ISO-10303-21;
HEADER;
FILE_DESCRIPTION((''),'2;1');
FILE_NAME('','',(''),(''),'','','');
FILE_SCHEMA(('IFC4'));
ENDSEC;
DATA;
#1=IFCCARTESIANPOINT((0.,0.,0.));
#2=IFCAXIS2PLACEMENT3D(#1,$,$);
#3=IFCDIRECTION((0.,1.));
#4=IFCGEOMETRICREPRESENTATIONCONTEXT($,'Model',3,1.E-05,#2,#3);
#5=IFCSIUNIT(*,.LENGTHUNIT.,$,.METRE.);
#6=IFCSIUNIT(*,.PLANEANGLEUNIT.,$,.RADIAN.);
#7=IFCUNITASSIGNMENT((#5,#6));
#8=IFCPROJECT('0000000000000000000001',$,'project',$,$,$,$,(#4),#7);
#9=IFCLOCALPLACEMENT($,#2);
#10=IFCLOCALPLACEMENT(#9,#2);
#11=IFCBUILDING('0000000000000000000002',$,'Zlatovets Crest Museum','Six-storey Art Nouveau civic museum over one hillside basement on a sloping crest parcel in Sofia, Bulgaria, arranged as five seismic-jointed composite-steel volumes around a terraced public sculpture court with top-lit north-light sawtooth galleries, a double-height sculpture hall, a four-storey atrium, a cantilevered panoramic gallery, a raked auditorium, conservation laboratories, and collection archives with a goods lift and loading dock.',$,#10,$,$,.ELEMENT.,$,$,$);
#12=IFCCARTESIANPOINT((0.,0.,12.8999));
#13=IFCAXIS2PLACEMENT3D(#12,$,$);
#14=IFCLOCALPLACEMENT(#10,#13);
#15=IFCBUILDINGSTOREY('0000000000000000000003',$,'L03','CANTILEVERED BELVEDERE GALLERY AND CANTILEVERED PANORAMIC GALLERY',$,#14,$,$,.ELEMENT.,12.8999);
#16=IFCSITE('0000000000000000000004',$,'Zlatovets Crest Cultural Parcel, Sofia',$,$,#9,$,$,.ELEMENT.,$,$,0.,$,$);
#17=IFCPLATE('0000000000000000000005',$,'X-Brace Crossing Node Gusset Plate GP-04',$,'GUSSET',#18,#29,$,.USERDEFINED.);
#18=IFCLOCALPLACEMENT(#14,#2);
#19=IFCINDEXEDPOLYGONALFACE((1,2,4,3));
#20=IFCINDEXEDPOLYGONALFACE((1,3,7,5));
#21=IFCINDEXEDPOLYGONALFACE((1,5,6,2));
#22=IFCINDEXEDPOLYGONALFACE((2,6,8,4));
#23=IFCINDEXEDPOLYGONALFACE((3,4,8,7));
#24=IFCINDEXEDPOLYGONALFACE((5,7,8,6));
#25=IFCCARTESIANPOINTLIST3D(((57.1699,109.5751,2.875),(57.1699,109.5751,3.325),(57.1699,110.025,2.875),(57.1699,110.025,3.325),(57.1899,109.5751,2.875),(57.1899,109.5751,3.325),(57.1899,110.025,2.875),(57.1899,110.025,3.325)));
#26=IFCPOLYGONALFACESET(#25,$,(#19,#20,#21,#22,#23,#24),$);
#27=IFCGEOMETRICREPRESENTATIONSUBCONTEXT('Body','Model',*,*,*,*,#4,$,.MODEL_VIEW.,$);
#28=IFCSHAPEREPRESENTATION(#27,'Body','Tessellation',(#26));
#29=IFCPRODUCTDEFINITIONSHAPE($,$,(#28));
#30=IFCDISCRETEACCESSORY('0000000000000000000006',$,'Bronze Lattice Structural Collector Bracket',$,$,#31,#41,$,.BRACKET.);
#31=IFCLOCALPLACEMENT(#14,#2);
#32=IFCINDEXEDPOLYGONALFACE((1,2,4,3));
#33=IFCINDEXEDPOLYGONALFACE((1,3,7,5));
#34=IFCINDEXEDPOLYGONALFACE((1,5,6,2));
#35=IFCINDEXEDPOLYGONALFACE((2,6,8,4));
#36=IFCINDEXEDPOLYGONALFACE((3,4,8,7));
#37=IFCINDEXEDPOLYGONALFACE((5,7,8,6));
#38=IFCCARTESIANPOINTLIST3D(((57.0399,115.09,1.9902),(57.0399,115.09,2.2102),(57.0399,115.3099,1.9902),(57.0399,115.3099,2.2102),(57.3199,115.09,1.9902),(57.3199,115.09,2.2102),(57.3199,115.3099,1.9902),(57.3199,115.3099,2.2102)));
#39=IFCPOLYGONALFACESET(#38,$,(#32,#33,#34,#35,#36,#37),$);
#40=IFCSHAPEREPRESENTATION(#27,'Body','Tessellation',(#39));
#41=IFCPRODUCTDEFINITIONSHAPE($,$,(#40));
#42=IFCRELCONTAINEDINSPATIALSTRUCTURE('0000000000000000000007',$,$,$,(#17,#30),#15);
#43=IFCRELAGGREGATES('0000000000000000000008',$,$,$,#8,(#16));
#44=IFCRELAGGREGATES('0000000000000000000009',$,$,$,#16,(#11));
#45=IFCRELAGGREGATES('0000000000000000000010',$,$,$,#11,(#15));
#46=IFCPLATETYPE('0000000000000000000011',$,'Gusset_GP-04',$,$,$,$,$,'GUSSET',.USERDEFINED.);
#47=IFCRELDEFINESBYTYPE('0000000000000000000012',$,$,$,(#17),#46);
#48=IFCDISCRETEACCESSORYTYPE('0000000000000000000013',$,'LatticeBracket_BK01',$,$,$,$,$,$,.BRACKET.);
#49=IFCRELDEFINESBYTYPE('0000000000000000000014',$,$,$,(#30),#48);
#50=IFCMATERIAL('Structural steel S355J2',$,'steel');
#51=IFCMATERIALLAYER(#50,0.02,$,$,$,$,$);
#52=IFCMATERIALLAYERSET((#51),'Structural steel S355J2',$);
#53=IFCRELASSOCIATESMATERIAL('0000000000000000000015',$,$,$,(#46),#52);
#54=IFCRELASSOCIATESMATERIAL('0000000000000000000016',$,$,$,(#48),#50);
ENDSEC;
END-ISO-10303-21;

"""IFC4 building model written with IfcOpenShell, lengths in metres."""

from ifc_helpers import new_model, si_unit, direction, frame, origin, origin_2d, place, context, subcontext, project, spatial, rectangle, extrude, material, layer, layer_set, type_object, element, save


model = new_model("IFC4")

# Units and contexts
model_context = context("Model", 3, precision=1e-05, world=origin(), true_north=direction((0.0, 1.0)))
body_context = subcontext(model_context, "Body", "Model", "MODEL_VIEW")
ifc_project = project(units=[si_unit("LENGTHUNIT", "METRE"), si_unit("PLANEANGLEUNIT", "RADIAN")], contexts=[model_context])

# Site, building, storey
site_placement = place(None, origin())
site = spatial("IfcSite", under=ifc_project, at=site_placement, Name="Zlatovets Crest Cultural Parcel, Sofia", CompositionType="ELEMENT", RefElevation=0.0)
building_placement = place(site_placement, origin())
building = spatial("IfcBuilding", under=site, at=building_placement, Name="Zlatovets Crest Museum", Description="Six-storey Art Nouveau civic museum over one hillside basement on a sloping crest parcel in Sofia, Bulgaria, arranged as five seismic-jointed composite-steel volumes around a terraced public sculpture court with top-lit north-light sawtooth galleries, a double-height sculpture hall, a four-storey atrium, a cantilevered panoramic gallery, a raked auditorium, conservation laboratories, and collection archives with a goods lift and loading dock.", CompositionType="ELEMENT")
storey_placement = place(building_placement, frame((0.0, 0.0, 12.8999)))
storey = spatial("IfcBuildingStorey", under=building, at=storey_placement, Name="L03", Description="CANTILEVERED BELVEDERE GALLERY AND CANTILEVERED PANORAMIC GALLERY", CompositionType="ELEMENT", Elevation=12.8999)

# Shared definitions
ifc_material_1 = material(Name="Structural steel S355J2", Category="steel")

# Plate
ifc_layer_1 = layer(ifc_material_1, 0.02)
ifc_layer_set_1 = layer_set([ifc_layer_1], Name="Structural steel S355J2")
plate_type_1 = type_object("IfcPlateType", Name="Gusset_GP-04", ElementType="GUSSET", PredefinedType="USERDEFINED", material=ifc_layer_set_1)
for number, where, z_axis, x_axis, name in (
    (1, (57.1799, 109.8, 2.875), (0.0, 0.0, 1.0), (1.0, 0.0, 0.0), "X-Brace Crossing Node Gusset Plate GP-04"),
):
    element("IfcPlate", number, at=place(storey_placement, frame(where, z_axis=z_axis, x_axis=x_axis)), inside=storey, type_object=plate_type_1, Name=name, ObjectType="GUSSET", PredefinedType="USERDEFINED", context=body_context, shape_type="SweptSolid", body=[
        extrude(rectangle(XDim=0.02, YDim=0.45, at=origin_2d()), origin(), (0.0, 0.0, 1.0), 0.45),
    ])

# Discrete accessory
discrete_accessory_type = type_object("IfcDiscreteAccessoryType", Name="LatticeBracket_BK01", PredefinedType="BRACKET", material=ifc_material_1)
discrete_accessory_placement = place(storey_placement, frame((57.1799, 115.2, 1.9902), z_axis=(0.0, 0.0, 1.0), x_axis=(1.0, 0.0, 0.0)))
element("IfcDiscreteAccessory", 2, at=discrete_accessory_placement, inside=storey, type_object=discrete_accessory_type, Name="Bronze Lattice Structural Collector Bracket", PredefinedType="BRACKET", context=body_context, shape_type="SweptSolid", body=[
    extrude(rectangle(XDim=0.28, YDim=0.22, at=origin_2d()), origin(), (0.0, 0.0, 1.0), 0.22),
])

save(model, "model.ifc")
